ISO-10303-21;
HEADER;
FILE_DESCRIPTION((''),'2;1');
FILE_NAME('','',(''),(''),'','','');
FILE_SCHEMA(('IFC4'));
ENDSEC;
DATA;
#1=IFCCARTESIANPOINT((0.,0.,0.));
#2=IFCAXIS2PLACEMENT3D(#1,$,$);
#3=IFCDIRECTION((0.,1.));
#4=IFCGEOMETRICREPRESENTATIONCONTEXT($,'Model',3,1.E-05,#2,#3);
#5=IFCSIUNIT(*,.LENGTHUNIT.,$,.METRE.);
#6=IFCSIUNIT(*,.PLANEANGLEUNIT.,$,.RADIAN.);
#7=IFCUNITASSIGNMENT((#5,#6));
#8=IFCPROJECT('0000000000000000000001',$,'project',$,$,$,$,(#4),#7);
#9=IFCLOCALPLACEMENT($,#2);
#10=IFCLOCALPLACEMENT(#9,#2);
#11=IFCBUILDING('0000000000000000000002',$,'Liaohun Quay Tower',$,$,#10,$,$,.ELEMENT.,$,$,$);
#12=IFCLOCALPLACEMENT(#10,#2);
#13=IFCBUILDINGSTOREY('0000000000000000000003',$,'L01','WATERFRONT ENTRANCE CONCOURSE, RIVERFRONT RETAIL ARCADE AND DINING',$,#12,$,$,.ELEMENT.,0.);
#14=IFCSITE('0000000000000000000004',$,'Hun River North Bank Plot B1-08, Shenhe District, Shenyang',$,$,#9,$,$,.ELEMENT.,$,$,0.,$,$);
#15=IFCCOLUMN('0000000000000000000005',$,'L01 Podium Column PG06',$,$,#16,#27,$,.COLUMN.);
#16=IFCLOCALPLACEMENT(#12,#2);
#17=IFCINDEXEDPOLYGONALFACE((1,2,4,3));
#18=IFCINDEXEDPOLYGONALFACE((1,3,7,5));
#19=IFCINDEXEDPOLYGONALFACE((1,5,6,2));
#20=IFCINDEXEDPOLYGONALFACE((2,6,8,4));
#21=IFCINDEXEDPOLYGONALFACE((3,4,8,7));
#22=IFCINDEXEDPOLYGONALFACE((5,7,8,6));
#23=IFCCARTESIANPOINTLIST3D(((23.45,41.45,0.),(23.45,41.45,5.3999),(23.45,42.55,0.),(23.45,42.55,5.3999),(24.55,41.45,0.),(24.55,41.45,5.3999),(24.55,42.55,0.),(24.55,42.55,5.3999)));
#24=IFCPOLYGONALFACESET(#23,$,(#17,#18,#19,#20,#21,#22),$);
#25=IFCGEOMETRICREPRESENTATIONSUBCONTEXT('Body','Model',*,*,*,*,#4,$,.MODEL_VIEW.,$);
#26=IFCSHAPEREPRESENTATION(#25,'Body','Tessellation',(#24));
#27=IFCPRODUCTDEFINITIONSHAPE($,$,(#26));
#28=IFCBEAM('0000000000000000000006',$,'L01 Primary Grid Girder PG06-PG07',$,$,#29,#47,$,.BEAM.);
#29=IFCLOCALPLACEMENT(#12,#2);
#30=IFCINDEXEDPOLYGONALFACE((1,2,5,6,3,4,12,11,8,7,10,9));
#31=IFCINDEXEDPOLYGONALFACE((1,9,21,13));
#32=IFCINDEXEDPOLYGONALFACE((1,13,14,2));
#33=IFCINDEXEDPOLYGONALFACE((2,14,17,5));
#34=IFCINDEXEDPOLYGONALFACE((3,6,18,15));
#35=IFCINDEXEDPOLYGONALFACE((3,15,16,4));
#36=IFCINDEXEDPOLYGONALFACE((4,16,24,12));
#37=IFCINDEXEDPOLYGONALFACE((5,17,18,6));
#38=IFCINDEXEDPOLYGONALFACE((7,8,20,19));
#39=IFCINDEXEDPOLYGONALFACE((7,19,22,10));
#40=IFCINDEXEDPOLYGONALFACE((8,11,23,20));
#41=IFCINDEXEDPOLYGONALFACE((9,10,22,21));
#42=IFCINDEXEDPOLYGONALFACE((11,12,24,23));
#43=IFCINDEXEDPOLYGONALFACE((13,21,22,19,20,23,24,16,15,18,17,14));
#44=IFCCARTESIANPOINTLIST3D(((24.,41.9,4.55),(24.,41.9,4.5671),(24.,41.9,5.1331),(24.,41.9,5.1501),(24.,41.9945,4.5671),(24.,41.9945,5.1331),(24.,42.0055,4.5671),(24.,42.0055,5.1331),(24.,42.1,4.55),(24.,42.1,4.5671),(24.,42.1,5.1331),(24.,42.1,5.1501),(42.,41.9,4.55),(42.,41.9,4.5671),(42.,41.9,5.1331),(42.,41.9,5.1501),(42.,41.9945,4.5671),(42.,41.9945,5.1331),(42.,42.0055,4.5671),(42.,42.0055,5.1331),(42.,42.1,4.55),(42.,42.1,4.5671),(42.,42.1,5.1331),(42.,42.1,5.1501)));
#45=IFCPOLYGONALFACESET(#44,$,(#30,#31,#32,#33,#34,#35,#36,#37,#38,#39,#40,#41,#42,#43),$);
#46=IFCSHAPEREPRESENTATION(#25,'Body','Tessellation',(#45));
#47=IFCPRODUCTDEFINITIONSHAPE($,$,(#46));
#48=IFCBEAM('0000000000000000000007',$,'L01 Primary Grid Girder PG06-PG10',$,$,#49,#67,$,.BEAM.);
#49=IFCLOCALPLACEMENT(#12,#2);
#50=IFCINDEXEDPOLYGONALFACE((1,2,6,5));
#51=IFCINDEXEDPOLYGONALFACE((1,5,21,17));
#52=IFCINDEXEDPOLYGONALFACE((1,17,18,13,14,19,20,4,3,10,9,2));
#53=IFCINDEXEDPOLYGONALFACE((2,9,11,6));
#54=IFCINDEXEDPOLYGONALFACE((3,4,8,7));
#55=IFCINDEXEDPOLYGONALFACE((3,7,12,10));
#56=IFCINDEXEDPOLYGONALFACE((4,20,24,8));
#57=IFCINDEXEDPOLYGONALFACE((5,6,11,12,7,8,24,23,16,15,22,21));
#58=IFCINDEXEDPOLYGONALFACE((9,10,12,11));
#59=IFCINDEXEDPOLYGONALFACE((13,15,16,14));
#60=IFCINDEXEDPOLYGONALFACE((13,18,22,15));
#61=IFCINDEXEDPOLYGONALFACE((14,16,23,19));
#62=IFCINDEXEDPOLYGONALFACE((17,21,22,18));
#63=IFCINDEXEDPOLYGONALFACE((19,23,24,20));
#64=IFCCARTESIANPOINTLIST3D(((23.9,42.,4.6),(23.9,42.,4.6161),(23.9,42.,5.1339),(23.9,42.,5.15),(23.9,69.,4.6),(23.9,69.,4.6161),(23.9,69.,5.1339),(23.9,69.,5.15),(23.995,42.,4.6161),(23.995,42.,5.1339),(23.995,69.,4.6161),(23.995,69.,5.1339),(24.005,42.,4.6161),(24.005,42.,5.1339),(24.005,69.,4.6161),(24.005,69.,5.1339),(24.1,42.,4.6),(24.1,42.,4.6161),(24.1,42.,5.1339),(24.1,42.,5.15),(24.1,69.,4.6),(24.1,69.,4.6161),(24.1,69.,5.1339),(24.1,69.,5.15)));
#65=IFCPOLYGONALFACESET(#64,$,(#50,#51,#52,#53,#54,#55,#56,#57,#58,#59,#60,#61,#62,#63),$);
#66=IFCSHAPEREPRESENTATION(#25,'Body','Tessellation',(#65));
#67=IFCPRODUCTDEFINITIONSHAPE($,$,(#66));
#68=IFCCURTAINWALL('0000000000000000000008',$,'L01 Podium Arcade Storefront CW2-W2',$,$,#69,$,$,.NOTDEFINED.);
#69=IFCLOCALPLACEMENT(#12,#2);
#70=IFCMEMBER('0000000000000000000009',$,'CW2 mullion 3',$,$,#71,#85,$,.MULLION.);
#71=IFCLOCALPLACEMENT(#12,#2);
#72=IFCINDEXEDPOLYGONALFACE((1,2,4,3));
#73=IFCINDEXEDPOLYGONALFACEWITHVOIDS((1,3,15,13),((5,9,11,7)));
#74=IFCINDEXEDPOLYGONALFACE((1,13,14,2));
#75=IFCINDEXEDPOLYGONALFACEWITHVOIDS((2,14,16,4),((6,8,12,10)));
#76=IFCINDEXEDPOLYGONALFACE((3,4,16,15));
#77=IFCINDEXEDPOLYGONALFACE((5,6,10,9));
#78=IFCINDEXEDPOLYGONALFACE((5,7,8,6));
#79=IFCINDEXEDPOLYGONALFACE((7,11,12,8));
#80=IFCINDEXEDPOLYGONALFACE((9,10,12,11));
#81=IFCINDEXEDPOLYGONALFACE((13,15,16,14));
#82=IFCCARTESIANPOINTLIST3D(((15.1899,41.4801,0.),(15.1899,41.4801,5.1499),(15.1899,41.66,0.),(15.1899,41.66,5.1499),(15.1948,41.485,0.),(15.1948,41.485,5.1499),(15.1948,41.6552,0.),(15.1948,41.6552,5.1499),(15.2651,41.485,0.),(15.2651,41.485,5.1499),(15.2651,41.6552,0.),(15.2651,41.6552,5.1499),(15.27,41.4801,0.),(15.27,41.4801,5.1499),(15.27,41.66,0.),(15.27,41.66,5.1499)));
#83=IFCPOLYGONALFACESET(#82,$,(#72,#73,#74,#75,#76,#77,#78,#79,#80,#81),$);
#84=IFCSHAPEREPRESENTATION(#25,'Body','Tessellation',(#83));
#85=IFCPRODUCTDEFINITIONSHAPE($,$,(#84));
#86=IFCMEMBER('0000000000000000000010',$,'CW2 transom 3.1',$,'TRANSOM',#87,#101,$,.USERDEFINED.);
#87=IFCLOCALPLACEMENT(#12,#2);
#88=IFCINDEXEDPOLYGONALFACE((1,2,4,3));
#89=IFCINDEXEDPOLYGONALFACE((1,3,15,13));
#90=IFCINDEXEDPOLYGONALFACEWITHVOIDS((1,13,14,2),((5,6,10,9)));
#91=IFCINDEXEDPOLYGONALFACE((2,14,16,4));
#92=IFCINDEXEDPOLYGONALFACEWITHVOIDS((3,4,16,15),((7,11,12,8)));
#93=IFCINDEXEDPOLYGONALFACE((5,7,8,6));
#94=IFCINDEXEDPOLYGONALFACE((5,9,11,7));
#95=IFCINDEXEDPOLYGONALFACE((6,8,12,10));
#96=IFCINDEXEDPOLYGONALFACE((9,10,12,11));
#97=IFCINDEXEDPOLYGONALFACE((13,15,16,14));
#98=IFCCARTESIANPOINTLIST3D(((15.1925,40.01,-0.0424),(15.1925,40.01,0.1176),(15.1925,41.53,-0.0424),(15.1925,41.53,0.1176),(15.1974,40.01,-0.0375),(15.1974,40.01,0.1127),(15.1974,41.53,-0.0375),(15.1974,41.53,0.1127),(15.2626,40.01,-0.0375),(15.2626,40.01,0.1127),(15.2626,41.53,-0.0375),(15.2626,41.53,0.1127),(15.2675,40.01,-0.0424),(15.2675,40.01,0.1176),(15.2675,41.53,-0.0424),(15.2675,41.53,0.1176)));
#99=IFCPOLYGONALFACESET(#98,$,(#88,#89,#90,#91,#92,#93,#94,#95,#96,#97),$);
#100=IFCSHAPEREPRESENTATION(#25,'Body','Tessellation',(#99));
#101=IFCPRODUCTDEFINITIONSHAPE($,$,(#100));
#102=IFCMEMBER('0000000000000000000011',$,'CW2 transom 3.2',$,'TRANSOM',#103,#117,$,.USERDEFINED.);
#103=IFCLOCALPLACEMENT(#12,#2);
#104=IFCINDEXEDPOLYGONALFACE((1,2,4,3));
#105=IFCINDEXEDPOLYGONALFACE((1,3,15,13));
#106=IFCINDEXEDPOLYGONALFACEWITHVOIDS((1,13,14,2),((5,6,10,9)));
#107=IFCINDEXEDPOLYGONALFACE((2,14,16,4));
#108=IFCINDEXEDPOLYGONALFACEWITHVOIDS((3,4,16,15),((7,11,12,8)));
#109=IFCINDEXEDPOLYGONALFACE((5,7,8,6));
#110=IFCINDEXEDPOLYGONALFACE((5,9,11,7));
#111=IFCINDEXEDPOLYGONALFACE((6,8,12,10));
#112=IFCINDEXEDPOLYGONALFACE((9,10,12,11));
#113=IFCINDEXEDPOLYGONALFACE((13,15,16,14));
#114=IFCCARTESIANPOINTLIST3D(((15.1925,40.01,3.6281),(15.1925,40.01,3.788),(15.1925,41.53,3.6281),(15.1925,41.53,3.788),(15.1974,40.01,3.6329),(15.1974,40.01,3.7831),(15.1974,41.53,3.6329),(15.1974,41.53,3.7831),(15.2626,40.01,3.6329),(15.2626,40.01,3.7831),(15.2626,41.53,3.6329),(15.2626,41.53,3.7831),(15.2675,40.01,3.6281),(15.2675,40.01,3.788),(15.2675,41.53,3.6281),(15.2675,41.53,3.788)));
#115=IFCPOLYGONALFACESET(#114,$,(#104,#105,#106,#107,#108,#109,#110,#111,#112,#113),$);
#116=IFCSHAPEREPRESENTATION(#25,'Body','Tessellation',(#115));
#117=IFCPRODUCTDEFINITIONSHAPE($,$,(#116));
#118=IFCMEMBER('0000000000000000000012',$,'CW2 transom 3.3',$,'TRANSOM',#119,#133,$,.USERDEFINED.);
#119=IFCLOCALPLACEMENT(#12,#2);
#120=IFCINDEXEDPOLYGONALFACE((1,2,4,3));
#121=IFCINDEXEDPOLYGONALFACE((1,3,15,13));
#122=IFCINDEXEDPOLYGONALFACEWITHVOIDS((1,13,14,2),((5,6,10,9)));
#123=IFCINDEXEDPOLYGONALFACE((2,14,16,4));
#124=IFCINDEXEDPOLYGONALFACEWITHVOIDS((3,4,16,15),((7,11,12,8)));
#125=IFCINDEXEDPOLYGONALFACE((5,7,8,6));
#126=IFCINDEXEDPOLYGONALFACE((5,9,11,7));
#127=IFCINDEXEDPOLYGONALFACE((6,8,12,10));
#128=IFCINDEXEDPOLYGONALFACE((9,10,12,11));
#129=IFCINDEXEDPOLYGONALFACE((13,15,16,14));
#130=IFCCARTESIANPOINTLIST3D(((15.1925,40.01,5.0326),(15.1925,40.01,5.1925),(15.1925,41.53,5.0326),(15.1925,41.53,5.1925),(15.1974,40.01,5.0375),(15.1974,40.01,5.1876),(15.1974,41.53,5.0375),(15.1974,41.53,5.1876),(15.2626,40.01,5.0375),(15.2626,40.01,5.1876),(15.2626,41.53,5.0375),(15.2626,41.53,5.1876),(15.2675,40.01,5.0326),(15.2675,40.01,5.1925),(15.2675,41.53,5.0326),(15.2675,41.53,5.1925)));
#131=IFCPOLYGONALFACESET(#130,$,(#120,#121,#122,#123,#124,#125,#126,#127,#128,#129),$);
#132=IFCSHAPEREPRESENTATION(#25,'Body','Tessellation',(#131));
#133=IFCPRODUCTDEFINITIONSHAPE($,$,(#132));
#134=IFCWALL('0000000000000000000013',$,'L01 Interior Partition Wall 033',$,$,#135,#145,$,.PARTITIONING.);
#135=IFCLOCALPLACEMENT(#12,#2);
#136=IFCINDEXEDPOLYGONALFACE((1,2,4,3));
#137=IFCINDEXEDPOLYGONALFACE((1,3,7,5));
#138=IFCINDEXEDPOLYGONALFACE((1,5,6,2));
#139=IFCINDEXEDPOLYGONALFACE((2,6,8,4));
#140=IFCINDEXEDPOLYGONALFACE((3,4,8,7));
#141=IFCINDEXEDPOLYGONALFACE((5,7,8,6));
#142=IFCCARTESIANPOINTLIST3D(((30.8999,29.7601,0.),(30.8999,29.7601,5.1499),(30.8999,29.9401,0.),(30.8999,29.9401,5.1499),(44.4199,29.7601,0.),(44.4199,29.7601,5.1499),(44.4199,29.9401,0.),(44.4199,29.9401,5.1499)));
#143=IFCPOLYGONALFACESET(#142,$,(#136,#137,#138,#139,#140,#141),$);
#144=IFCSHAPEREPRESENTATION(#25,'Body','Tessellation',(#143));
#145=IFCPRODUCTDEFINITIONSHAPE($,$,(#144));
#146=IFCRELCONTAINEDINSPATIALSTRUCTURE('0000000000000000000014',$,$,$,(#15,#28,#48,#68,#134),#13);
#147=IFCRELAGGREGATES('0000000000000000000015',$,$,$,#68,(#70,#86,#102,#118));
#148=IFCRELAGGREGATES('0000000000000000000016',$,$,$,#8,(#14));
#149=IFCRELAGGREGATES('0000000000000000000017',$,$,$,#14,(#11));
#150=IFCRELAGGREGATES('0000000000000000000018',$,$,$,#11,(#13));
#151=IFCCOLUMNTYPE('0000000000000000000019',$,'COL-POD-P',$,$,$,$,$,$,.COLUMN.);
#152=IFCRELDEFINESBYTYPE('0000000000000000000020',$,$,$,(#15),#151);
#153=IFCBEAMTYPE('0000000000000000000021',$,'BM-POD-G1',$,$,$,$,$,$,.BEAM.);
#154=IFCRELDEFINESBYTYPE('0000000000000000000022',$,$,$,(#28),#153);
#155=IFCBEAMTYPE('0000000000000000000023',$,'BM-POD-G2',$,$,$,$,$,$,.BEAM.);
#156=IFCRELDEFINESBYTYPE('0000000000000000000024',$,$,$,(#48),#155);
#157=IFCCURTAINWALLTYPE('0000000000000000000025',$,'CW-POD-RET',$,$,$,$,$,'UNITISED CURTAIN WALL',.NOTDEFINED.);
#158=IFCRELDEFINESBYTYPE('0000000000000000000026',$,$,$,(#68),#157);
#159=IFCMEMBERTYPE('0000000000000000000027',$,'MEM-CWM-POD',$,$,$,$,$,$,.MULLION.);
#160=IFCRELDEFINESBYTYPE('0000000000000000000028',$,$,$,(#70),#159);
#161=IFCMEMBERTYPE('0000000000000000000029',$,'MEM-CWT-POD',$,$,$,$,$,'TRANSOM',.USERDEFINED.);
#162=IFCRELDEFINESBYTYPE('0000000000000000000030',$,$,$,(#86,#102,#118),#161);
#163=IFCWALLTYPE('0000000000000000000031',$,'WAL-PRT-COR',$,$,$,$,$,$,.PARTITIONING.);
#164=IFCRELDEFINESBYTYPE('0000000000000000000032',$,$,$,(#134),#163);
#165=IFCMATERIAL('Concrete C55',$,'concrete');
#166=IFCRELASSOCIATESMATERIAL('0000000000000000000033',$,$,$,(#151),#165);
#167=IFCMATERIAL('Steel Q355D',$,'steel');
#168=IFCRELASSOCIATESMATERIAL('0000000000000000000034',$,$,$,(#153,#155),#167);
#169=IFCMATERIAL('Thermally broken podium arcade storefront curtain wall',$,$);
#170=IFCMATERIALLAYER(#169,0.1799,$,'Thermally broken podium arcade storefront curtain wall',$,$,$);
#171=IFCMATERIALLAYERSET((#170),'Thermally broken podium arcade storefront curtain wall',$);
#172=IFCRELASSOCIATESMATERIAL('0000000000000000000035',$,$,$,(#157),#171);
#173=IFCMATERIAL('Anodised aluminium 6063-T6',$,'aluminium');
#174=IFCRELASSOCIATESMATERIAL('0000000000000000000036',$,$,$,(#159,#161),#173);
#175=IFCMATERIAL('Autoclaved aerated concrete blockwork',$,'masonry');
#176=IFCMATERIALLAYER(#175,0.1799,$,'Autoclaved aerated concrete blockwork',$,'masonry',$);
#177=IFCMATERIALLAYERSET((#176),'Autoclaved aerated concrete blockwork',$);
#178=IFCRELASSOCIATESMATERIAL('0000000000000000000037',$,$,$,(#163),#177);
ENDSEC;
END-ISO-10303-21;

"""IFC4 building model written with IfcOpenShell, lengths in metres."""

from ifc_helpers import new_model, si_unit, direction, frame, frame_2d, origin, origin_2d, place, context, subcontext, project, spatial, rectangle, hollow_rectangle, i_section, extrude, source, transform, mapped, material, layer, layer_set, material_profile, profile_set, type_object, element, aggregate, save


model = new_model("IFC4")

# Units and contexts
model_context = context("Model", 3, precision=1e-05, world=origin(), true_north=direction((0.0, 1.0)))
body_context = subcontext(model_context, "Body", "Model", "MODEL_VIEW")
ifc_project = project(units=[si_unit("LENGTHUNIT", "METRE"), si_unit("PLANEANGLEUNIT", "RADIAN")], contexts=[model_context])

# Site, building, storey
site_placement = place(None, origin())
site = spatial("IfcSite", under=ifc_project, at=site_placement, Name="Hun River North Bank Plot B1-08, Shenhe District, Shenyang", CompositionType="ELEMENT", RefElevation=0.0)
building_placement = place(site_placement, origin())
building = spatial("IfcBuilding", under=site, at=building_placement, Name="Liaohun Quay Tower", CompositionType="ELEMENT")
storey_placement = place(building_placement, origin())
storey = spatial("IfcBuildingStorey", under=building, at=storey_placement, Name="L01", Description="WATERFRONT ENTRANCE CONCOURSE, RIVERFRONT RETAIL ARCADE AND DINING", CompositionType="ELEMENT", Elevation=0.0)

# Column
ifc_material_1 = material(Name="Concrete C55", Category="concrete")
ifc_material_profile_1 = material_profile(ifc_material_1, rectangle(XDim=1.1001, YDim=1.1001, at=origin_2d()), Name="RC1100x1100")
ifc_profile_set_1 = profile_set([ifc_material_profile_1], Name="Concrete C55")
column_type = type_object("IfcColumnType", Name="COL-POD-P", PredefinedType="COLUMN", material=ifc_profile_set_1)
shared_shape_1 = source(origin(), body_context, "Body", "SweptSolid", [
    extrude(rectangle(XDim=1.1001, YDim=1.1001, at=origin_2d()), origin(), (0.0, 0.0, 1.0), 5.3999),
])
column_placement = place(storey_placement, frame((24.0, 42.0, 0.0), z_axis=(0.0, 0.0, 1.0), x_axis=(1.0, 0.0, 0.0)))
element("IfcColumn", 1, at=column_placement, inside=storey, type_object=column_type, Name="L01 Podium Column PG06", PredefinedType="COLUMN", context=body_context, shape_type="MappedRepresentation", body=[
    mapped(shared_shape_1, transform((0.0, 0.0, 0.0), x_axis=(1.0, 0.0, 0.0), y_axis=(0.0, 1.0, 0.0), z_axis=(0.0, 0.0, 1.0), scale=1.0)),
])

# Beams
ifc_material_2 = material(Name="Steel Q355D", Category="steel")
ifc_material_profile_2 = material_profile(ifc_material_2, i_section(OverallWidth=0.2, OverallDepth=0.6001, WebThickness=0.011, FlangeThickness=0.0171, at=origin_2d()), Name="HN600x200x11x17")
ifc_profile_set_2 = profile_set([ifc_material_profile_2], Name="Steel Q355D")
beam_type_1 = type_object("IfcBeamType", Name="BM-POD-G1", PredefinedType="BEAM", material=ifc_profile_set_2)
shared_shape_2 = source(origin(), body_context, "Body", "SweptSolid", [
    extrude(i_section(OverallWidth=0.2, OverallDepth=0.6001, WebThickness=0.011, FlangeThickness=0.0171, at=origin_2d()), origin(), (0.0, 0.0, 1.0), 18.0),
])
beam_1_placement = place(storey_placement, frame((24.0, 42.0, 4.8501), z_axis=(1.0, 0.0, 0.0), x_axis=(0.0, 1.0, 0.0)))
element("IfcBeam", 2, at=beam_1_placement, inside=storey, type_object=beam_type_1, Name="L01 Primary Grid Girder PG06-PG07", PredefinedType="BEAM", context=body_context, shape_type="MappedRepresentation", body=[
    mapped(shared_shape_2, transform((0.0, 0.0, 0.0), x_axis=(1.0, 0.0, 0.0), y_axis=(0.0, 1.0, 0.0), z_axis=(0.0, 0.0, 1.0), scale=1.0)),
])
ifc_material_profile_3 = material_profile(ifc_material_2, i_section(OverallWidth=0.2, OverallDepth=0.55, WebThickness=0.01, FlangeThickness=0.0161, at=origin_2d()), Name="HN550x200x10x16")
ifc_profile_set_3 = profile_set([ifc_material_profile_3], Name="Steel Q355D")
beam_type_2 = type_object("IfcBeamType", Name="BM-POD-G2", PredefinedType="BEAM", material=ifc_profile_set_3)
shared_shape_3 = source(origin(), body_context, "Body", "SweptSolid", [
    extrude(i_section(OverallWidth=0.2, OverallDepth=0.55, WebThickness=0.01, FlangeThickness=0.0161, at=origin_2d()), origin(), (0.0, 0.0, 1.0), 27.0),
])
beam_2_placement = place(storey_placement, frame((24.0, 42.0, 4.875), z_axis=(0.0, 1.0, 0.0), x_axis=(-1.0, 0.0, 0.0)))
element("IfcBeam", 3, at=beam_2_placement, inside=storey, type_object=beam_type_2, Name="L01 Primary Grid Girder PG06-PG10", PredefinedType="BEAM", context=body_context, shape_type="MappedRepresentation", body=[
    mapped(shared_shape_3, transform((0.0, 0.0, 0.0), x_axis=(1.0, 0.0, 0.0), y_axis=(0.0, 1.0, 0.0), z_axis=(0.0, 0.0, 1.0), scale=1.0)),
])

# Curtain wall, members
ifc_material_3 = material(Name="Thermally broken podium arcade storefront curtain wall")
ifc_layer_1 = layer(ifc_material_3, 0.1799, Name="Thermally broken podium arcade storefront curtain wall")
ifc_layer_set_1 = layer_set([ifc_layer_1], Name="Thermally broken podium arcade storefront curtain wall")
curtain_wall_type = type_object("IfcCurtainWallType", Name="CW-POD-RET", ElementType="UNITISED CURTAIN WALL", PredefinedType="NOTDEFINED", material=ifc_layer_set_1)
curtain_wall_placement = place(storey_placement, origin())
curtain_wall = element("IfcCurtainWall", 4, at=curtain_wall_placement, inside=storey, type_object=curtain_wall_type, Name="L01 Podium Arcade Storefront CW2-W2", PredefinedType="NOTDEFINED")
ifc_material_4 = material(Name="Anodised aluminium 6063-T6", Category="aluminium")
ifc_material_profile_4 = material_profile(ifc_material_4, hollow_rectangle(XDim=0.0801, YDim=0.1799, WallThickness=0.0049, at=origin_2d()), Name="RHS180x80x5")
ifc_profile_set_4 = profile_set([ifc_material_profile_4], Name="Anodised aluminium 6063-T6")
member_type_1 = type_object("IfcMemberType", Name="MEM-CWM-POD", PredefinedType="MULLION", material=ifc_profile_set_4)
shared_shape_4 = source(origin(), body_context, "Body", "SweptSolid", [
    extrude(hollow_rectangle(XDim=0.0801, YDim=0.1799, WallThickness=0.0049, at=origin_2d()), origin(), (0.0, 0.0, 1.0), 5.1499),
])
member_1_placement = place(storey_placement, frame((15.23, 41.5701, 0.0), z_axis=(0.0, 0.0, 1.0), x_axis=(1.0, 0.0, 0.0)))
member_1 = element("IfcMember", 5, at=member_1_placement, type_object=member_type_1, Name="CW2 mullion 3", PredefinedType="MULLION", context=body_context, shape_type="MappedRepresentation", body=[
    mapped(shared_shape_4, transform((0.0, 0.0, 0.0), x_axis=(1.0, 0.0, 0.0), y_axis=(0.0, 1.0, 0.0), z_axis=(0.0, 0.0, 1.0), scale=1.0)),
])
ifc_material_profile_5 = material_profile(ifc_material_4, hollow_rectangle(XDim=0.075, YDim=0.1599, WallThickness=0.0049, at=origin_2d()), Name="RHS160x75x5")
ifc_profile_set_5 = profile_set([ifc_material_profile_5], Name="Anodised aluminium 6063-T6")
member_type_2 = type_object("IfcMemberType", Name="MEM-CWT-POD", ElementType="TRANSOM", PredefinedType="USERDEFINED", material=ifc_profile_set_5)
shared_shape_5 = source(origin(), body_context, "Body", "SweptSolid", [
    extrude(hollow_rectangle(XDim=0.075, YDim=0.1599, WallThickness=0.0049, at=origin_2d()), origin(), (0.0, 0.0, 1.0), 1.52),
])
member_2_placement = place(storey_placement, frame((15.23, 41.53, 0.0376), z_axis=(0.0, -1.0, 0.0), x_axis=(1.0, 0.0, 0.0)))
member_2 = element("IfcMember", 6, at=member_2_placement, type_object=member_type_2, Name="CW2 transom 3.1", ObjectType="TRANSOM", PredefinedType="USERDEFINED", context=body_context, shape_type="MappedRepresentation", body=[
    mapped(shared_shape_5, transform((0.0, 0.0, 0.0), x_axis=(1.0, 0.0, 0.0), y_axis=(0.0, 1.0, 0.0), z_axis=(0.0, 0.0, 1.0), scale=1.0)),
])
member_3_placement = place(storey_placement, frame((15.23, 41.53, 3.708), z_axis=(0.0, -1.0, 0.0), x_axis=(1.0, 0.0, 0.0)))
member_3 = element("IfcMember", 7, at=member_3_placement, type_object=member_type_2, Name="CW2 transom 3.2", ObjectType="TRANSOM", PredefinedType="USERDEFINED", context=body_context, shape_type="MappedRepresentation", body=[
    mapped(shared_shape_5, transform((0.0, 0.0, 0.0), x_axis=(1.0, 0.0, 0.0), y_axis=(0.0, 1.0, 0.0), z_axis=(0.0, 0.0, 1.0), scale=1.0)),
])
member_4_placement = place(storey_placement, frame((15.23, 41.53, 5.1125), z_axis=(0.0, -1.0, 0.0), x_axis=(1.0, 0.0, 0.0)))
member_4 = element("IfcMember", 8, at=member_4_placement, type_object=member_type_2, Name="CW2 transom 3.3", ObjectType="TRANSOM", PredefinedType="USERDEFINED", context=body_context, shape_type="MappedRepresentation", body=[
    mapped(shared_shape_5, transform((0.0, 0.0, 0.0), x_axis=(1.0, 0.0, 0.0), y_axis=(0.0, 1.0, 0.0), z_axis=(0.0, 0.0, 1.0), scale=1.0)),
])
aggregate(curtain_wall, [member_1, member_2, member_3, member_4])

# Wall
ifc_material_5 = material(Name="Autoclaved aerated concrete blockwork", Category="masonry")
ifc_layer_2 = layer(ifc_material_5, 0.1799, Name="Autoclaved aerated concrete blockwork", Category="masonry")
ifc_layer_set_2 = layer_set([ifc_layer_2], Name="Autoclaved aerated concrete blockwork")
wall_type_1 = type_object("IfcWallType", Name="WAL-PRT-COR", PredefinedType="PARTITIONING", material=ifc_layer_set_2)
wall_1_placement = place(storey_placement, frame((30.8999, 29.8501, 0.0), z_axis=(0.0, 0.0, 1.0), x_axis=(1.0, 0.0, 0.0)))
element("IfcWall", 9, at=wall_1_placement, inside=storey, type_object=wall_type_1, Name="L01 Interior Partition Wall 033", PredefinedType="PARTITIONING", context=body_context, shape_type="SweptSolid", body=[
    extrude(rectangle(XDim=13.52, YDim=0.1799, at=frame_2d((6.76, 0.0))), origin(), (0.0, 0.0, 1.0), 5.1499),
])

save(model, "model.ifc")
